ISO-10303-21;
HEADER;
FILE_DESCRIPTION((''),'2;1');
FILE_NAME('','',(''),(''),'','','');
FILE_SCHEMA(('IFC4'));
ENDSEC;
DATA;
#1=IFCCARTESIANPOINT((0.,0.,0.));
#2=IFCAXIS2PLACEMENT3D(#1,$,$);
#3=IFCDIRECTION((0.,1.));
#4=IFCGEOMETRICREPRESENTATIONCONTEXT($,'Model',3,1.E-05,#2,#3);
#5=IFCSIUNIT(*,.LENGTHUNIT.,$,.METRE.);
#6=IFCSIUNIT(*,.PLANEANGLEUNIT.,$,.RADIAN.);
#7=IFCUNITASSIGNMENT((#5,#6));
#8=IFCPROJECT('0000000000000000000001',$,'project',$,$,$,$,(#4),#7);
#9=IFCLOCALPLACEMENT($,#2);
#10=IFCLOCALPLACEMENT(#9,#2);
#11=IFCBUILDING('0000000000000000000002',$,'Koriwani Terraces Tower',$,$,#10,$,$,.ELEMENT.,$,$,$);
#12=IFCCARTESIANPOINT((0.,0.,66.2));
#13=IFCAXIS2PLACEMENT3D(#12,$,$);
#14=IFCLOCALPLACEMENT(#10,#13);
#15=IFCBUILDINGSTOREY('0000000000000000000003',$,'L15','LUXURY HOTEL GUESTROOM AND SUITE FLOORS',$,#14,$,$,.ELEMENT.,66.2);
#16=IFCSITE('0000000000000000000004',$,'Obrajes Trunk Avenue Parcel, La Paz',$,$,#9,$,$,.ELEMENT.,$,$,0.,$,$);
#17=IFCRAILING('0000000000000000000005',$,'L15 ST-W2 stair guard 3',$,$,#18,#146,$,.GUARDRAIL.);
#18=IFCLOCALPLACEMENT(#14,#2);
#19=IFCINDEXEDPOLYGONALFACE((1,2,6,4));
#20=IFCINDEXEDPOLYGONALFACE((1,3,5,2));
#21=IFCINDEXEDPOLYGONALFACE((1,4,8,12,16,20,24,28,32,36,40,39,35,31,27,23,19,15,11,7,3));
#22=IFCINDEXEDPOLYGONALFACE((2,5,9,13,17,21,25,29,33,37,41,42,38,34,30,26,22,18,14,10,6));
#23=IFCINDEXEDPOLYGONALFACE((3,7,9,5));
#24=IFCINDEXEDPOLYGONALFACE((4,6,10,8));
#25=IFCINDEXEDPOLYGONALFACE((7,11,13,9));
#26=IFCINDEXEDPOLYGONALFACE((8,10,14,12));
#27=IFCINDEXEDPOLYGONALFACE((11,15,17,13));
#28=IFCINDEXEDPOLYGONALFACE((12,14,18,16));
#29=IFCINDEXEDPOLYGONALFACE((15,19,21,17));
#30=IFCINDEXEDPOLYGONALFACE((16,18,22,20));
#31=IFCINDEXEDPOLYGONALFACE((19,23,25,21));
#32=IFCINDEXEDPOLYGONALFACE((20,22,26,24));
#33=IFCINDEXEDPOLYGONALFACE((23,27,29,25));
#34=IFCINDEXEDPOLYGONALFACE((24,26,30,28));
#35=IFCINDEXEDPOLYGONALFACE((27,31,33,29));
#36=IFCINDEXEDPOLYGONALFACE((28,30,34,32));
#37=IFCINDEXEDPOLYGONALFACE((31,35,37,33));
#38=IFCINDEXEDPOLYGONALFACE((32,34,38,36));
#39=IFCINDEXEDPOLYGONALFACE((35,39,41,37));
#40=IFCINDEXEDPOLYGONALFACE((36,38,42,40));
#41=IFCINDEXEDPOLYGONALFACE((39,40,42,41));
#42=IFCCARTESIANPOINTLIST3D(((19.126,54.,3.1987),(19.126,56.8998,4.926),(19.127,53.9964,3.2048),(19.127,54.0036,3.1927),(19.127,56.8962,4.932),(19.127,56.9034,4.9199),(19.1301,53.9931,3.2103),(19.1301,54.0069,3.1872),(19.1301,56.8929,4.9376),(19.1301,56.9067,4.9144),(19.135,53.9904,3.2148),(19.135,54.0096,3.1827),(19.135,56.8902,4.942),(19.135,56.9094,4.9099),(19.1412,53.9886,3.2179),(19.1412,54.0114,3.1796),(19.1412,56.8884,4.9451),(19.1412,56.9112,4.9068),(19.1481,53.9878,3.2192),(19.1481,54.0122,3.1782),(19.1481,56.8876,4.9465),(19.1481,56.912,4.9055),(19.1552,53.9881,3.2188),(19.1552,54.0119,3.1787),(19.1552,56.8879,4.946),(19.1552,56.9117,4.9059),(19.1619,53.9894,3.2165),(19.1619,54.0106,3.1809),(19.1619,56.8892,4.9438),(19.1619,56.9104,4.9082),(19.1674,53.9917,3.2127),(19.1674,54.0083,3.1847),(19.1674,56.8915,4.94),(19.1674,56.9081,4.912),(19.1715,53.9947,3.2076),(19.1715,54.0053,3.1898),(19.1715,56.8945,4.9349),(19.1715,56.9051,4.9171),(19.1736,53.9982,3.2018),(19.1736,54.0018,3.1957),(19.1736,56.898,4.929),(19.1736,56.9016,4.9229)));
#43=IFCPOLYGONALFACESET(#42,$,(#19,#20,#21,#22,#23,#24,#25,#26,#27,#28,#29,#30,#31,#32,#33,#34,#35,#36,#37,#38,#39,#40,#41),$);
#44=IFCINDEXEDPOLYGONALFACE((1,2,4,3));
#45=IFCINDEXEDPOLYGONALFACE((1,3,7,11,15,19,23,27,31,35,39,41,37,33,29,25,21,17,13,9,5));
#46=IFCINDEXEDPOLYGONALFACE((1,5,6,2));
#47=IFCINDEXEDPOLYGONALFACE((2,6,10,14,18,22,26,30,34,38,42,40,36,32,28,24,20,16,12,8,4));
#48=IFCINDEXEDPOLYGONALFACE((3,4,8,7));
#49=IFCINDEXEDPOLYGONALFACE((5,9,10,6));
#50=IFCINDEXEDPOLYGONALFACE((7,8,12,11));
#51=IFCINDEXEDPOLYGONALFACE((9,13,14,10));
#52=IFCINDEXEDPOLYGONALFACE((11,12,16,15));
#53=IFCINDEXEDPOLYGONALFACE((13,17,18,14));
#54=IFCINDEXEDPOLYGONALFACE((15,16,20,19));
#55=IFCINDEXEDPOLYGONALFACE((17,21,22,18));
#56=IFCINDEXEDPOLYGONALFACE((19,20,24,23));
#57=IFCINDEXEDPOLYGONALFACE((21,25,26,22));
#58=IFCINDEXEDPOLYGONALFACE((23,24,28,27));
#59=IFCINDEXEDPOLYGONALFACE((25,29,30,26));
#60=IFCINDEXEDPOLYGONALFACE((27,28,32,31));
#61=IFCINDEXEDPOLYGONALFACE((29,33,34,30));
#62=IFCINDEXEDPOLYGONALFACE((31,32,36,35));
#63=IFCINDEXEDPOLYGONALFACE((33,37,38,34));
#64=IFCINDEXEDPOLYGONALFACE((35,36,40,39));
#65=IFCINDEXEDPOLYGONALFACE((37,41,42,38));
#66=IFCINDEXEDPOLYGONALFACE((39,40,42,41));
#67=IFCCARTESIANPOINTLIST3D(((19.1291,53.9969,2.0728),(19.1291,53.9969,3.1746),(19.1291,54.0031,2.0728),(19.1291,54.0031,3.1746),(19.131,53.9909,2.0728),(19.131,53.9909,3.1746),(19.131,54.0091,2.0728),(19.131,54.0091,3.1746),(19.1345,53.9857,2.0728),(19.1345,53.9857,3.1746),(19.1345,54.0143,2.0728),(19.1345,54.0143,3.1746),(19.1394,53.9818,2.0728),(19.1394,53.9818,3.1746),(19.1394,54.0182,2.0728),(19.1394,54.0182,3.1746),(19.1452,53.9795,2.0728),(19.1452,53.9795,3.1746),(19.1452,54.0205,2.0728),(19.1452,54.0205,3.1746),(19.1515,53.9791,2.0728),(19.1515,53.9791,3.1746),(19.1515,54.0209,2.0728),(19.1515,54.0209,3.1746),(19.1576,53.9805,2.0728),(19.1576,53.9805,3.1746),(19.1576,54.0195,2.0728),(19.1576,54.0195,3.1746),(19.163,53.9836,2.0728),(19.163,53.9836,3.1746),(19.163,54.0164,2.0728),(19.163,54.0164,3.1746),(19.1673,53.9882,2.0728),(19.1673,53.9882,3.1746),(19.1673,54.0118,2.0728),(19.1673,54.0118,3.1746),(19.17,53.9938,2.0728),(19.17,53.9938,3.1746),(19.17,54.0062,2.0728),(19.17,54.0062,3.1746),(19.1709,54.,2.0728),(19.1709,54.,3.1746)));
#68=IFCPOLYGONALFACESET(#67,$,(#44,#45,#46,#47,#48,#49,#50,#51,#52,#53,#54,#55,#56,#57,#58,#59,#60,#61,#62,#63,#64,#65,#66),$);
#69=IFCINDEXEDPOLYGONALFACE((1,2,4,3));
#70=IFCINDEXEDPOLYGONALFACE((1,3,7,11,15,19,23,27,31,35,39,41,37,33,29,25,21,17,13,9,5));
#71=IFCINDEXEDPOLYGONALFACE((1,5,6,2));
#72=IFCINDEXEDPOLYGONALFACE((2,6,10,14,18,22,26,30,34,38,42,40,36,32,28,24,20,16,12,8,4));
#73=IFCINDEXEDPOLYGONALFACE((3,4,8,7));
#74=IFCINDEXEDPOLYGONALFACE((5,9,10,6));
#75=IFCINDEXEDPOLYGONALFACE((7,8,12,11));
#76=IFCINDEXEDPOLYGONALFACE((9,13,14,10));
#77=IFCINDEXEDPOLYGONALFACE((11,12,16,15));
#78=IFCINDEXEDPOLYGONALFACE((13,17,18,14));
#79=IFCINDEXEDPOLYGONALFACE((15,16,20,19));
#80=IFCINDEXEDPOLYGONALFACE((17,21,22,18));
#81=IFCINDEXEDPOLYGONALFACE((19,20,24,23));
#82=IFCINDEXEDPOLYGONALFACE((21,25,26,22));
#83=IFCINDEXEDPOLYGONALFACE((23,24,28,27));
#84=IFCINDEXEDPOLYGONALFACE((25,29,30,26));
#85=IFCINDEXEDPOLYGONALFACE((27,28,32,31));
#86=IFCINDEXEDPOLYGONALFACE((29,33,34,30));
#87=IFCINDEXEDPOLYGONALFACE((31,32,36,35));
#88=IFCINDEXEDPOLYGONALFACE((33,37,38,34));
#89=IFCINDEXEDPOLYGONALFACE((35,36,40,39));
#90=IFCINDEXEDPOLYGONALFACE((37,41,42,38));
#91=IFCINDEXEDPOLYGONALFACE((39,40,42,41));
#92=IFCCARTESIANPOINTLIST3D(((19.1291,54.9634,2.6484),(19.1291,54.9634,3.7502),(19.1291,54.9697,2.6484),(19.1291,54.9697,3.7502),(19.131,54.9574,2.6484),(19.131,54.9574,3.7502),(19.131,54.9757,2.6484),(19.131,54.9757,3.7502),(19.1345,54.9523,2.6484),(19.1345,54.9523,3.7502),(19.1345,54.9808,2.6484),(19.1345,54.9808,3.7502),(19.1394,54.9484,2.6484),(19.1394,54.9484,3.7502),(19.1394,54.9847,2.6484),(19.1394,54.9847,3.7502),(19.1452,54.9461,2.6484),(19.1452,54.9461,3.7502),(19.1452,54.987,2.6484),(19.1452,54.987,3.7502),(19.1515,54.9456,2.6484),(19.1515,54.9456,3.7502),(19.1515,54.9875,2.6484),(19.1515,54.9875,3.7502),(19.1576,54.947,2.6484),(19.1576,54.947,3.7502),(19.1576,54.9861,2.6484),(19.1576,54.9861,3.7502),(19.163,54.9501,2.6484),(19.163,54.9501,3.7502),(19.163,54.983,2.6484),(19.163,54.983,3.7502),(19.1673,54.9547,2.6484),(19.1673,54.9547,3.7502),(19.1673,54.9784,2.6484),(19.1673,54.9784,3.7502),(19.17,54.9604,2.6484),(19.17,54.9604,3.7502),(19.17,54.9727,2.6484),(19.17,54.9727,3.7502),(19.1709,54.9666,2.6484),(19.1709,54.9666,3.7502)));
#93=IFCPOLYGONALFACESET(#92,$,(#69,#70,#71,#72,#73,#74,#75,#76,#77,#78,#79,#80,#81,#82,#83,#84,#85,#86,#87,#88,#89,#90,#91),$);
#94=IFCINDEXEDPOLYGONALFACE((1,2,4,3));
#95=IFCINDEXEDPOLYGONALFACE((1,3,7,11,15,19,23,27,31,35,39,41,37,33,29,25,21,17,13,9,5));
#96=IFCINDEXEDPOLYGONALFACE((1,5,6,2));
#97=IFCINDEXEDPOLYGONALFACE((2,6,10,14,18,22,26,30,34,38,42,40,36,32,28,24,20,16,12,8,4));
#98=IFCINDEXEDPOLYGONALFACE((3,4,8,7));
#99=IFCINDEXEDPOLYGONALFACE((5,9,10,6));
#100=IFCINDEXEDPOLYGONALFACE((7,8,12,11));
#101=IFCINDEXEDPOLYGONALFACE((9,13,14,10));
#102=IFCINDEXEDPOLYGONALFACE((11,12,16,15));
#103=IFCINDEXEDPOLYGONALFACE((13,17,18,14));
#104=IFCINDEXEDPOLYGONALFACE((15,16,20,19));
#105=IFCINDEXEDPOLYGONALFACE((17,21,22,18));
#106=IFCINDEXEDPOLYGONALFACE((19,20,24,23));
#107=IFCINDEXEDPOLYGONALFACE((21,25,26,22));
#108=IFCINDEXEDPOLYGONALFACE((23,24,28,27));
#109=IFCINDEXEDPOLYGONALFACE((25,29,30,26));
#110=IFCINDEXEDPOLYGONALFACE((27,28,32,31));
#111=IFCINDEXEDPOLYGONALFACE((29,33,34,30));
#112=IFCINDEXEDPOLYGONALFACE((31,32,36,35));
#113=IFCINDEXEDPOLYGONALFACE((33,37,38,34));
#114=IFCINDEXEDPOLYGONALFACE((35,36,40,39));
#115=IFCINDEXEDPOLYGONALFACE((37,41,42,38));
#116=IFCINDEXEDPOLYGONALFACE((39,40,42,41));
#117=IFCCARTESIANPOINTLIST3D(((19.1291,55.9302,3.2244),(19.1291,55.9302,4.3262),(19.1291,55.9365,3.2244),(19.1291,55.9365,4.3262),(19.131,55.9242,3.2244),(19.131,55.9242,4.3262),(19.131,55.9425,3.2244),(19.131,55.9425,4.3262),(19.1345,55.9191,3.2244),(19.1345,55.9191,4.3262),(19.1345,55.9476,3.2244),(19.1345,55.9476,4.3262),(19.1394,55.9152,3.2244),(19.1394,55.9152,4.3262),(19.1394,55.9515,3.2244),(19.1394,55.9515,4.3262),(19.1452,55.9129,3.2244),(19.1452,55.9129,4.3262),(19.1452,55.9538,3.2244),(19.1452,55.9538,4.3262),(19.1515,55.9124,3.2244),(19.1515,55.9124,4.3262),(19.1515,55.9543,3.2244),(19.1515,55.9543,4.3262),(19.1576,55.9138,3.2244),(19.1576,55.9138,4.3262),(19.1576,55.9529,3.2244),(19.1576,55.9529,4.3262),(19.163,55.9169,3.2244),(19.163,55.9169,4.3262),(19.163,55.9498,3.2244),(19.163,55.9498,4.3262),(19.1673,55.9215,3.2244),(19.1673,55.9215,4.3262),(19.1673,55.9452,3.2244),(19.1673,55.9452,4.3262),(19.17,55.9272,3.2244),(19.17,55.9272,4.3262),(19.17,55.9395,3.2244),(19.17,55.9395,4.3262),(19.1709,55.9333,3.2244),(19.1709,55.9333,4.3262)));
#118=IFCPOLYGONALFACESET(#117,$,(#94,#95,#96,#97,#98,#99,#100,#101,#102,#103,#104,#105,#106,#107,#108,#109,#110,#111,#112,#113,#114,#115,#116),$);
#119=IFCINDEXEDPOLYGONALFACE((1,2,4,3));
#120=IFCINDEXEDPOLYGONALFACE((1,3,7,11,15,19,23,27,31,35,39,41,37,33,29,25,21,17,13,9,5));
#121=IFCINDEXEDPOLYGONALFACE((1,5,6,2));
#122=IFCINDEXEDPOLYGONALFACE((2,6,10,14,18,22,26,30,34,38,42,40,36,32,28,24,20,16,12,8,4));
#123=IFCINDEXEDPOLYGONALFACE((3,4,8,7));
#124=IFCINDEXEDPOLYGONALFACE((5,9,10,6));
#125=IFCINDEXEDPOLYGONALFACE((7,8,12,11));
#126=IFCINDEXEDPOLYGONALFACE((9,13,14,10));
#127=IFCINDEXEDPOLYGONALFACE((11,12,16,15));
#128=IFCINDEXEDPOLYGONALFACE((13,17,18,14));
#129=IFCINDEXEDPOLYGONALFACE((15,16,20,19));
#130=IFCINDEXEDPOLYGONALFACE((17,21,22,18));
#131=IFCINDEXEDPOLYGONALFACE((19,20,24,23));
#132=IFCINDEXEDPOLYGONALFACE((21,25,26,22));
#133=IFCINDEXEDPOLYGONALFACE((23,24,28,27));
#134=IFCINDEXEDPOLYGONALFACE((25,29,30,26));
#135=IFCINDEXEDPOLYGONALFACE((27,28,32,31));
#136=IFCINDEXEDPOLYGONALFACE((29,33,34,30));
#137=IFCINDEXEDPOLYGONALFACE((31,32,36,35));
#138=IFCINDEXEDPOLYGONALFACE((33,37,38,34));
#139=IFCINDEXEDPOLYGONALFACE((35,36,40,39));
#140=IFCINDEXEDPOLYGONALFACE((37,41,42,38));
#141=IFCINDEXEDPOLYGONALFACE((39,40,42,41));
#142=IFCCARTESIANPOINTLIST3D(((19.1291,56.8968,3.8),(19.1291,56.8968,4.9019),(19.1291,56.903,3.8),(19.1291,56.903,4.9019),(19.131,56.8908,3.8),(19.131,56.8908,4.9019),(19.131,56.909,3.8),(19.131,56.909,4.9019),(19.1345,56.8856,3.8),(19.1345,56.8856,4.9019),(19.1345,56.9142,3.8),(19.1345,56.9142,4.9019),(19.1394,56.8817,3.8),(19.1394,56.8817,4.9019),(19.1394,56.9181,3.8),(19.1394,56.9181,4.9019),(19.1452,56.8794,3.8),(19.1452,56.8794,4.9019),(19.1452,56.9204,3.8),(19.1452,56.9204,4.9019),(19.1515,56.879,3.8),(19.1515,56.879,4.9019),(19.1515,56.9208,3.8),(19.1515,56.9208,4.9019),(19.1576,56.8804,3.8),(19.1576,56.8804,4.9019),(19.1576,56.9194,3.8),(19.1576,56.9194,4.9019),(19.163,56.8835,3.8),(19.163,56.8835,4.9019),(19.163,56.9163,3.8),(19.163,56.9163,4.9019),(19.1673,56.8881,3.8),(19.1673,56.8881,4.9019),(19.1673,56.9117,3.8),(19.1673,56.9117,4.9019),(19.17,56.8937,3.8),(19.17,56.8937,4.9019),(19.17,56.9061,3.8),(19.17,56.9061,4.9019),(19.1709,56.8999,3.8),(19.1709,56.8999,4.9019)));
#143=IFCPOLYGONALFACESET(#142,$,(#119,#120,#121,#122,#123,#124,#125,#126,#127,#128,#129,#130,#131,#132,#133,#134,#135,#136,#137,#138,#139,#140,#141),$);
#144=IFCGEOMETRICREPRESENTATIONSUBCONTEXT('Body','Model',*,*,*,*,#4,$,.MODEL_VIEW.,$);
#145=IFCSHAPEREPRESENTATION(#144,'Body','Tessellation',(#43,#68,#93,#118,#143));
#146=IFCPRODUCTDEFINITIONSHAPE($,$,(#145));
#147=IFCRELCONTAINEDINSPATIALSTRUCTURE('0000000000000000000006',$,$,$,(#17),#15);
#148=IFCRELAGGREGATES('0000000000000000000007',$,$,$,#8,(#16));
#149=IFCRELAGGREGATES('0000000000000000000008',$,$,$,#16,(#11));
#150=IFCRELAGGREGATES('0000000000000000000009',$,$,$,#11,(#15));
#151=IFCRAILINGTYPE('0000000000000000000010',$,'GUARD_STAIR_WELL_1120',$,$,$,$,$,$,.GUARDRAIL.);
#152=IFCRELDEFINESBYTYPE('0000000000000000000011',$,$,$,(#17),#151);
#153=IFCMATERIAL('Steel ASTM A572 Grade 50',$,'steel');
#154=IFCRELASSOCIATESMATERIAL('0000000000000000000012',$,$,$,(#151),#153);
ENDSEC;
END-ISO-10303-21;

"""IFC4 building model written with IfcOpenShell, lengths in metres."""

from ifc_helpers import new_model, si_unit, direction, frame, origin, origin_2d, place, context, subcontext, project, spatial, circle, extrude, material, type_object, element, save


model = new_model("IFC4")

# Units and contexts
model_context = context("Model", 3, precision=1e-05, world=origin(), true_north=direction((0.0, 1.0)))
body_context = subcontext(model_context, "Body", "Model", "MODEL_VIEW")
ifc_project = project(units=[si_unit("LENGTHUNIT", "METRE"), si_unit("PLANEANGLEUNIT", "RADIAN")], contexts=[model_context])

# Site, building, storey
site_placement = place(None, origin())
site = spatial("IfcSite", under=ifc_project, at=site_placement, Name="Obrajes Trunk Avenue Parcel, La Paz", CompositionType="ELEMENT", RefElevation=0.0)
building_placement = place(site_placement, origin())
building = spatial("IfcBuilding", under=site, at=building_placement, Name="Koriwani Terraces Tower", CompositionType="ELEMENT")
storey_placement = place(building_placement, frame((0.0, 0.0, 66.2)))
storey = spatial("IfcBuildingStorey", under=building, at=storey_placement, Name="L15", Description="LUXURY HOTEL GUESTROOM AND SUITE FLOORS", CompositionType="ELEMENT", Elevation=66.2)

# Shared definitions
ifc_material_1 = material(Name="Steel ASTM A572 Grade 50", Category="steel")

# Railing
railing_type_1 = type_object("IfcRailingType", Name="GUARD_STAIR_WELL_1120", PredefinedType="GUARDRAIL", material=ifc_material_1)
railing_1_placement = place(storey_placement, frame((19.1499, 54.0, 2.0728)))
element("IfcRailing", 1, at=railing_1_placement, inside=storey, type_object=railing_type_1, Name="L15 ST-W2 stair guard 3", PredefinedType="GUARDRAIL", context=body_context, shape_type="SweptSolid", body=[
    extrude(circle(Radius=0.0239, at=origin_2d()), frame((0.0, 0.0, 1.126), z_axis=(0.0, 0.859141, 0.511738), x_axis=(-1.0, 0.0, 0.0)), (0.0, 0.0, 1.0), 3.3752),
    extrude(circle(Radius=0.021, at=origin_2d()), origin(), (0.0, 0.0, 1.0), 1.1018),
    extrude(circle(Radius=0.021, at=origin_2d()), frame((0.0, 0.9666, 0.5757)), (0.0, 0.0, 1.0), 1.1018),
    extrude(circle(Radius=0.021, at=origin_2d()), frame((0.0, 1.9333, 1.1516)), (0.0, 0.0, 1.0), 1.1018),
    extrude(circle(Radius=0.021, at=origin_2d()), frame((0.0, 2.8999, 1.7273)), (0.0, 0.0, 1.0), 1.1018),
])

save(model, "model.ifc")
